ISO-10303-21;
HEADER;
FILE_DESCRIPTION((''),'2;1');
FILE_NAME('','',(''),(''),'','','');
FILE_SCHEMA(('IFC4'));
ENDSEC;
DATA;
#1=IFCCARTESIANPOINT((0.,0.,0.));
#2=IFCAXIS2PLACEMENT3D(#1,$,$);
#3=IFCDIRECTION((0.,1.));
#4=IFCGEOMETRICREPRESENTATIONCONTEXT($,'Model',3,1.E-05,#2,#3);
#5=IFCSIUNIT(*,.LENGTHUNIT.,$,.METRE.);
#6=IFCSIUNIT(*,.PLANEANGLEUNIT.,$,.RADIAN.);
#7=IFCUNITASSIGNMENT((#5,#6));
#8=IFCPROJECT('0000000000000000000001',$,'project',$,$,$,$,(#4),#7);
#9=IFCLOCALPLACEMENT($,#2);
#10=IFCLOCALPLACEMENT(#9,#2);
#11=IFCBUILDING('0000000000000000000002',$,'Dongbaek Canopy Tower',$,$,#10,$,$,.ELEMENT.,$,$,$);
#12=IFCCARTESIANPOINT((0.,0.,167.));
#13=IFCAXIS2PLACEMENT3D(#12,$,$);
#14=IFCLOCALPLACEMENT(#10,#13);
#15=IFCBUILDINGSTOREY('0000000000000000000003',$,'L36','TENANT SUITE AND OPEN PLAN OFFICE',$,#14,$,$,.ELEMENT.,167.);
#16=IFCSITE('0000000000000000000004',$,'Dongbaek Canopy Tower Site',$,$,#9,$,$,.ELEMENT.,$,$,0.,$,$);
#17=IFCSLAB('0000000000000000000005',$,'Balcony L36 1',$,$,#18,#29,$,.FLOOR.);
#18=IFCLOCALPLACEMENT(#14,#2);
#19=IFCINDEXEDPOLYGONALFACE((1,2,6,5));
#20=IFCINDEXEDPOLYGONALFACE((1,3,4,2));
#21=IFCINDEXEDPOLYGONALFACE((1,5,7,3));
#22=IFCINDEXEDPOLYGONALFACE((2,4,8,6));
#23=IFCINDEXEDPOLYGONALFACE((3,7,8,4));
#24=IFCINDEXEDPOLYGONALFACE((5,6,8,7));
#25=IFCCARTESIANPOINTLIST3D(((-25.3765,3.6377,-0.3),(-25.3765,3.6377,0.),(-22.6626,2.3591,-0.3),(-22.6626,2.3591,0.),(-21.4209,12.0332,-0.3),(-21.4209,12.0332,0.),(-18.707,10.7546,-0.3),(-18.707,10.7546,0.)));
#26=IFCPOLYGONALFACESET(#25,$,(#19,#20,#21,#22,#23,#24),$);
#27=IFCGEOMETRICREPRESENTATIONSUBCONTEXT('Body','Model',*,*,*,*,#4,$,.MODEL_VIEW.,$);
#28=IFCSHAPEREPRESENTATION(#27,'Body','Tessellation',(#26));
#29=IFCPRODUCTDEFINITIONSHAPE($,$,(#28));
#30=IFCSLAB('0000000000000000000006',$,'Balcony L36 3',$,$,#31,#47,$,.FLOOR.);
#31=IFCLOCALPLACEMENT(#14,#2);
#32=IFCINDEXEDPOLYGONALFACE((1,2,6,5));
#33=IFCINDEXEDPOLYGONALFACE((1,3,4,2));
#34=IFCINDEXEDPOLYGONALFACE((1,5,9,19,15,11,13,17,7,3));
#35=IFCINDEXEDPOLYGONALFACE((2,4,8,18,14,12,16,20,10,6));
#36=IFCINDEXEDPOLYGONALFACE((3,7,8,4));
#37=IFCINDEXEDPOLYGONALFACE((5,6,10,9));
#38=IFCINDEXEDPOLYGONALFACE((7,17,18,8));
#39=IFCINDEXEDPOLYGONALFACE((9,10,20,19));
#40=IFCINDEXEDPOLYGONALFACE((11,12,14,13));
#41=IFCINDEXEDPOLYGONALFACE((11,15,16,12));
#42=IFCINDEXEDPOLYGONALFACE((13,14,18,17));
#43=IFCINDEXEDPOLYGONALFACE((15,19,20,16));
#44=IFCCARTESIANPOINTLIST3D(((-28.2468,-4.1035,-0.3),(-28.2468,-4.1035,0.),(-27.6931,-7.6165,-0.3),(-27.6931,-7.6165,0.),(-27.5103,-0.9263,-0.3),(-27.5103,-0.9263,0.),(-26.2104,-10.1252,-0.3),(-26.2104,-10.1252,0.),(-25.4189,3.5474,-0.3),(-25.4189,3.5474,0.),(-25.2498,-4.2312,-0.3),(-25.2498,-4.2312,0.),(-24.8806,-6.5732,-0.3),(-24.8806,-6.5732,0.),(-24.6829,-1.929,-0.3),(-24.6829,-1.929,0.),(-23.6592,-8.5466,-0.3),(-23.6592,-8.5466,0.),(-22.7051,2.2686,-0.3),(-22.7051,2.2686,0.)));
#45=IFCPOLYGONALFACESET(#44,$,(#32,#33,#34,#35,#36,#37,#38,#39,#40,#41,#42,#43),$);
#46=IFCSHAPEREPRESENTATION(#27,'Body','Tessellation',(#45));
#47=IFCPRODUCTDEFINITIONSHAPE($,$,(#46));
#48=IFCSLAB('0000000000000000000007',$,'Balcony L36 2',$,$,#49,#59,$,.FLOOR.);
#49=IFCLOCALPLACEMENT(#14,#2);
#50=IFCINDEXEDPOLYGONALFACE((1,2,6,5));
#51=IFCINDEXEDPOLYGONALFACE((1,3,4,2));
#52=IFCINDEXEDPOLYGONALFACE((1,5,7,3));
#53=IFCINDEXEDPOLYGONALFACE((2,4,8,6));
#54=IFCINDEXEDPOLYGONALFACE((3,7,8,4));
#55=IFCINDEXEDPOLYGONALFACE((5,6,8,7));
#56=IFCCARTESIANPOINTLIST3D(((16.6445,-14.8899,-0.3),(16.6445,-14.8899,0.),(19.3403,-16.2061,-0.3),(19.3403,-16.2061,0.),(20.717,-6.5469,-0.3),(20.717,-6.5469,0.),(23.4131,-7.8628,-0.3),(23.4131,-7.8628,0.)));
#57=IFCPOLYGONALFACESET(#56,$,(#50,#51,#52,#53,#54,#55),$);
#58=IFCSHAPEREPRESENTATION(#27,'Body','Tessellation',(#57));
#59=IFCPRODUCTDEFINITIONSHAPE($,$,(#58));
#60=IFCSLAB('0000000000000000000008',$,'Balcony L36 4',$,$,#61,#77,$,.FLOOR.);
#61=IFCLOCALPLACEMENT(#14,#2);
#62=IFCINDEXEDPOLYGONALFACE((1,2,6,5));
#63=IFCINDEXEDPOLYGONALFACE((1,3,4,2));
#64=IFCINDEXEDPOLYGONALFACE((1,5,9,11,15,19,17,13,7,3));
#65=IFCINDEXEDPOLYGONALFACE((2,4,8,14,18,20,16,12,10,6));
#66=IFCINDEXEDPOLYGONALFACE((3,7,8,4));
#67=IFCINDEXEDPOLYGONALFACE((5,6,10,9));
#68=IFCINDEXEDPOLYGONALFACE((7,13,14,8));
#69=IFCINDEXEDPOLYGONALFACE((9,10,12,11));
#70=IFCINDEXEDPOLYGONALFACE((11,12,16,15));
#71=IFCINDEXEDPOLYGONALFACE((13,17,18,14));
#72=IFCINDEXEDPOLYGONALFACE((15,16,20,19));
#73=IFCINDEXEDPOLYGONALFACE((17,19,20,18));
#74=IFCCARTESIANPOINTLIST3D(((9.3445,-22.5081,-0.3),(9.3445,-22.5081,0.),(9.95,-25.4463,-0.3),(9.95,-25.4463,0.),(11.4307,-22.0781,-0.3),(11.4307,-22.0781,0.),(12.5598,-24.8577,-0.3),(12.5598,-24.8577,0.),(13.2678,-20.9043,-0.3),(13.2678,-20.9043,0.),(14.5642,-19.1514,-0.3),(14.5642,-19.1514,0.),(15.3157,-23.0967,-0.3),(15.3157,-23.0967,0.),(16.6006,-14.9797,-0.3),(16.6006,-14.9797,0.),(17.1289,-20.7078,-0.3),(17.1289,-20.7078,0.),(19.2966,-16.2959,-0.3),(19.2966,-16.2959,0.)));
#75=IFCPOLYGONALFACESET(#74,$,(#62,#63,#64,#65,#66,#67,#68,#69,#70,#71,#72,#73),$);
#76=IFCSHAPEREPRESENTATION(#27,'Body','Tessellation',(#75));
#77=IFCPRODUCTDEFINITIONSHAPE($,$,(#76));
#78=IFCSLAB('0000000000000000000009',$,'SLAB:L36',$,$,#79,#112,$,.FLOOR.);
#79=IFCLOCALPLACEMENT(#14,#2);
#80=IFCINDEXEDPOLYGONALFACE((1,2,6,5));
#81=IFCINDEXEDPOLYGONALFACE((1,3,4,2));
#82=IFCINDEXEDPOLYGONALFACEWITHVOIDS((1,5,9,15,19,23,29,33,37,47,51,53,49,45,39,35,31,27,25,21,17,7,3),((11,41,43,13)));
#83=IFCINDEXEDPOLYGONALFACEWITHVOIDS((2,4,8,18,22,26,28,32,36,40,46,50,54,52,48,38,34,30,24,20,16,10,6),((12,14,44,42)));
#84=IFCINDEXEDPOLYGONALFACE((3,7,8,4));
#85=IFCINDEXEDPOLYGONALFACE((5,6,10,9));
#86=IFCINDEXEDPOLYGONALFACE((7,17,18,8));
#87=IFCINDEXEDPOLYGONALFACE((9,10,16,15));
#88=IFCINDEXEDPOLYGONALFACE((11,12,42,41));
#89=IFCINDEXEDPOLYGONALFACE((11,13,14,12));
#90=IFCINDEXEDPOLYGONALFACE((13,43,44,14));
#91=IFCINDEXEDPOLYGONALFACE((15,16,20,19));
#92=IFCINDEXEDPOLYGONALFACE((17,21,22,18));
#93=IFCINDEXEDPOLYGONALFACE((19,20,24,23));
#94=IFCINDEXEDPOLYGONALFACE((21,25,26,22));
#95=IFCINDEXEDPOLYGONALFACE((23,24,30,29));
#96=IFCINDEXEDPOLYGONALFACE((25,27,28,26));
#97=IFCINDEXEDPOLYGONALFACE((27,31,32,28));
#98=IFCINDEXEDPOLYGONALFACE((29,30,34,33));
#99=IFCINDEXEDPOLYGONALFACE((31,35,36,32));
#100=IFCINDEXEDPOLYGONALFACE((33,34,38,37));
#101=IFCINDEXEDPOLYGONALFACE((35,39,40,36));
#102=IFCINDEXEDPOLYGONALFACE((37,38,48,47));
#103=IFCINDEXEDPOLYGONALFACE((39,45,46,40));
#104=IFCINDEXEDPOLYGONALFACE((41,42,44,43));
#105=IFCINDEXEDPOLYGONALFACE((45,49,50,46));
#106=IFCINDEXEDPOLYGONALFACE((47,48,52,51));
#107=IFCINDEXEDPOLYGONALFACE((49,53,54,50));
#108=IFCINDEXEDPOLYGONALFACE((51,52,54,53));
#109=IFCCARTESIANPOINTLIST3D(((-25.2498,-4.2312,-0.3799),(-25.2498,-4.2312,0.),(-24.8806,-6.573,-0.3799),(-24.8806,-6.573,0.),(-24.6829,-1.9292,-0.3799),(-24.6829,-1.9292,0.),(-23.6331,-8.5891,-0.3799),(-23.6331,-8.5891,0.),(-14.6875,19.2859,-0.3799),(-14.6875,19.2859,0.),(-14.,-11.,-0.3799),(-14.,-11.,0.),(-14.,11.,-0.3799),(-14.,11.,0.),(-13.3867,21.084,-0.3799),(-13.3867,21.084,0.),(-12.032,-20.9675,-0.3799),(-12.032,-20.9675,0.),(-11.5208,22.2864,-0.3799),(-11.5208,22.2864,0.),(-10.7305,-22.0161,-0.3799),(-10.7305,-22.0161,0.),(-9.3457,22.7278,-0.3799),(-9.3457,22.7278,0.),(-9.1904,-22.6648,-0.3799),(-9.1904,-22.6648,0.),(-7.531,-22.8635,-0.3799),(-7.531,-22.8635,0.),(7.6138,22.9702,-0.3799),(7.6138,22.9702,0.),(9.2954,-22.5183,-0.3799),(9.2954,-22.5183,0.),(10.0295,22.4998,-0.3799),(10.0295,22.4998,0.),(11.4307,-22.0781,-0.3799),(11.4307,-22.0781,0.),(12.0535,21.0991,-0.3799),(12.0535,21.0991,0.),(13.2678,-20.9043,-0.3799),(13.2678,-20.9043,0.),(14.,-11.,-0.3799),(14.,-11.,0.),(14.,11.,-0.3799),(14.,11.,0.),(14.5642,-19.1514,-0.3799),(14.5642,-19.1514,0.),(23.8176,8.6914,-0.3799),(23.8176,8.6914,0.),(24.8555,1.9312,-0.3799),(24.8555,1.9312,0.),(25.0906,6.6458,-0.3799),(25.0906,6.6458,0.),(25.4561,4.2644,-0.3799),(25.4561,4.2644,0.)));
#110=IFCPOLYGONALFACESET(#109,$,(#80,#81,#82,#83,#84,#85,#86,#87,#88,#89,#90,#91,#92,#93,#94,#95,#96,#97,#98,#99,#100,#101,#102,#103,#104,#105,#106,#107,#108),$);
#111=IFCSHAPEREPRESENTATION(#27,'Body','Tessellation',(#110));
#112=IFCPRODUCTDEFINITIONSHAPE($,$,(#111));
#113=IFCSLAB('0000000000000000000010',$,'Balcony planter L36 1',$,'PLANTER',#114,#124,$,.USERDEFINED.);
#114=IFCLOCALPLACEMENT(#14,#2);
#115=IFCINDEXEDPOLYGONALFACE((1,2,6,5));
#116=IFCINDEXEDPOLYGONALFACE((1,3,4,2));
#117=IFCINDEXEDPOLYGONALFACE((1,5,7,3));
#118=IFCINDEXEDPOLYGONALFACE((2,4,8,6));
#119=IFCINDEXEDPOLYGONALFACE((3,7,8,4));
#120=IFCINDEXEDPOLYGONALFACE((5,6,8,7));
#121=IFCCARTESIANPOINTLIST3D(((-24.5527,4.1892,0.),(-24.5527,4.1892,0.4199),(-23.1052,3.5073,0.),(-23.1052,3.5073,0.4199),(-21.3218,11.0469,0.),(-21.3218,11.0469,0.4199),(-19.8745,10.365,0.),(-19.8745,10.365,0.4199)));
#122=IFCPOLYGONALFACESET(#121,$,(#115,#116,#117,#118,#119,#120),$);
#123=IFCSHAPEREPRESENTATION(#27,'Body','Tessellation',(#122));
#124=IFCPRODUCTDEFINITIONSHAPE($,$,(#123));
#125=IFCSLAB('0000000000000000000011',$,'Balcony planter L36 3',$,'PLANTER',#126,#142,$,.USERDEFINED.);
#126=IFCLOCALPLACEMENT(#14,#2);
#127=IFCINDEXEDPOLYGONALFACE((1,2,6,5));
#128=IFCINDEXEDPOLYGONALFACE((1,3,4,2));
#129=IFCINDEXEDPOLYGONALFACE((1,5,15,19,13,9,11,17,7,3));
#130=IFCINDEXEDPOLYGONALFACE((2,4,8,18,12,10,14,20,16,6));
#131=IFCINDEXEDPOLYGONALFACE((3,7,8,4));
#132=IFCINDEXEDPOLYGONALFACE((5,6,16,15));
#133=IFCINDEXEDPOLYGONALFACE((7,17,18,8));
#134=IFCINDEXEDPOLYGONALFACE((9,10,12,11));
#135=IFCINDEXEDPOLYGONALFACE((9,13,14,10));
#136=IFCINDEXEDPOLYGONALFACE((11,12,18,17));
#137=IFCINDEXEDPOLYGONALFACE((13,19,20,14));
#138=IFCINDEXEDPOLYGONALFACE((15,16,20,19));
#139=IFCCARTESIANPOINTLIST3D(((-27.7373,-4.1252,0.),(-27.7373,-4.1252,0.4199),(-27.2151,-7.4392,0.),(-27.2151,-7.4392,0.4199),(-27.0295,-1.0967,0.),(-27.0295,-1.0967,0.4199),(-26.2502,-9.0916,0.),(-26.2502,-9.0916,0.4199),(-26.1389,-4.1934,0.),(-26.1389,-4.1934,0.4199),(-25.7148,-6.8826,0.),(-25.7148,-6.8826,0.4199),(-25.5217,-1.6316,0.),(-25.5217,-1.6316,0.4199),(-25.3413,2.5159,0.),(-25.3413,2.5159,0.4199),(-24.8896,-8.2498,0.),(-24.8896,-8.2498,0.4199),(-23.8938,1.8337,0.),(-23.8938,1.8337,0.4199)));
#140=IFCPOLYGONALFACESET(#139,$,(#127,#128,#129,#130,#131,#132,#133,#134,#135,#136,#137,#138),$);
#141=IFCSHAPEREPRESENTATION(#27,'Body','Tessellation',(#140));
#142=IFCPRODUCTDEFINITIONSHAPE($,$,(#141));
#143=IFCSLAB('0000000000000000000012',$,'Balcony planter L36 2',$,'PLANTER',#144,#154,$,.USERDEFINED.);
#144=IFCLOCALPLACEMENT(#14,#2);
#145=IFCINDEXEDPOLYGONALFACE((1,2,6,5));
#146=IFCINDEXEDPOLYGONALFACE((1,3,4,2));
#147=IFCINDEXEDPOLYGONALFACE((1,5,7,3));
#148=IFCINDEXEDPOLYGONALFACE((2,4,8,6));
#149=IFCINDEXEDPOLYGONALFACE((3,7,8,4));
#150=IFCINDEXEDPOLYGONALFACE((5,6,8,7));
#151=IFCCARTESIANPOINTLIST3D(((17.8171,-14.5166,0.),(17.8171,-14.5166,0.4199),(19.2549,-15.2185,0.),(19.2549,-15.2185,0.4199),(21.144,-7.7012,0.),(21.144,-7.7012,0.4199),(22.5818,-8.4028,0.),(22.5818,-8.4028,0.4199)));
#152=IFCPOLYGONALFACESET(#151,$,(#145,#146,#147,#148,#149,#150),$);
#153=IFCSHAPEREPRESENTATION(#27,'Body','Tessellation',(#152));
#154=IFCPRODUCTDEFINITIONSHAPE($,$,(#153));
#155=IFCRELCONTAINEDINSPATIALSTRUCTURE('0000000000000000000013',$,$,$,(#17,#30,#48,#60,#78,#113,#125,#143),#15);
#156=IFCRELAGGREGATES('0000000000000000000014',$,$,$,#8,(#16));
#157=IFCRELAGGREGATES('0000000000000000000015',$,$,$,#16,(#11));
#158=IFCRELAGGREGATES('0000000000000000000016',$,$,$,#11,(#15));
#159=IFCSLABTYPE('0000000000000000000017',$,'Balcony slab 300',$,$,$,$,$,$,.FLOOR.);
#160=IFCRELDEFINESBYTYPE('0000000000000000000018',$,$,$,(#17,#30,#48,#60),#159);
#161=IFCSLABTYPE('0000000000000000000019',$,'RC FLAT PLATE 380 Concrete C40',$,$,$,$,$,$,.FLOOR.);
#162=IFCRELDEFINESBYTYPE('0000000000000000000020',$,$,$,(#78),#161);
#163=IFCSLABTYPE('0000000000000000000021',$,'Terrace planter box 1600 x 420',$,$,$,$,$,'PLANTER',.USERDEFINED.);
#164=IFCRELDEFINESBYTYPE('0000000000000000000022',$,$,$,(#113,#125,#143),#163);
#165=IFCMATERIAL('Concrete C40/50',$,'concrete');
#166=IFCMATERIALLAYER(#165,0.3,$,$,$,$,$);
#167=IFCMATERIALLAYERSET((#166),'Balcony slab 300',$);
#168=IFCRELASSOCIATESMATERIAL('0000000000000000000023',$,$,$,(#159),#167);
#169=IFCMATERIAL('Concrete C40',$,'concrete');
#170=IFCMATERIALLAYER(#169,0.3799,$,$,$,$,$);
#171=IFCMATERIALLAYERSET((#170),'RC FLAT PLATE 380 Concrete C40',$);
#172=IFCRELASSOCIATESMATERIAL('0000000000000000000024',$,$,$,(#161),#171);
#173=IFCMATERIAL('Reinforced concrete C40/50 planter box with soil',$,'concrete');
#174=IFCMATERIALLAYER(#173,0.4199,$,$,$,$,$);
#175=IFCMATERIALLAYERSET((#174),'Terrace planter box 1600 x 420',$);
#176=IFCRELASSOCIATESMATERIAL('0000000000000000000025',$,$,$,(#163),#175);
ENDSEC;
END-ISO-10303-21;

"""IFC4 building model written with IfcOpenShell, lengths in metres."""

from ifc_helpers import new_model, si_unit, direction, frame, origin, place, context, subcontext, project, spatial, polyline, outline, extrude, material, layer, layer_set, type_object, element, save


model = new_model("IFC4")

# Units and contexts
model_context = context("Model", 3, precision=1e-05, world=origin(), true_north=direction((0.0, 1.0)))
body_context = subcontext(model_context, "Body", "Model", "MODEL_VIEW")
ifc_project = project(units=[si_unit("LENGTHUNIT", "METRE"), si_unit("PLANEANGLEUNIT", "RADIAN")], contexts=[model_context])

# Site, building, storey
site_placement = place(None, origin())
site = spatial("IfcSite", under=ifc_project, at=site_placement, Name="Dongbaek Canopy Tower Site", CompositionType="ELEMENT", RefElevation=0.0)
building_placement = place(site_placement, origin())
building = spatial("IfcBuilding", under=site, at=building_placement, Name="Dongbaek Canopy Tower", CompositionType="ELEMENT")
storey_placement = place(building_placement, frame((0.0, 0.0, 167.0)))
storey = spatial("IfcBuildingStorey", under=building, at=storey_placement, Name="L36", Description="TENANT SUITE AND OPEN PLAN OFFICE", CompositionType="ELEMENT", Elevation=167.0)

# Slabs
ifc_material_1 = material(Name="Concrete C40/50", Category="concrete")
ifc_layer_1 = layer(ifc_material_1, 0.3)
ifc_layer_set_1 = layer_set([ifc_layer_1], Name="Balcony slab 300")
slab_type_1 = type_object("IfcSlabType", Name="Balcony slab 300", PredefinedType="FLOOR", material=ifc_layer_set_1)
slab_1_placement = place(storey_placement, frame((0.0, 0.0, -0.3)))
element("IfcSlab", 1, at=slab_1_placement, inside=storey, type_object=slab_type_1, Name="Balcony L36 1", PredefinedType="FLOOR", context=body_context, shape_type="SweptSolid", body=[
    extrude(outline(polyline([(-18.707, 10.7546), (-22.6626, 2.3591), (-25.3765, 3.6377), (-21.4209, 12.0332), (-18.707, 10.7546)])), origin(), (0.0, 0.0, 1.0), 0.3),
])
slab_2_placement = place(storey_placement, frame((0.0, 0.0, -0.3)))
element("IfcSlab", 2, at=slab_2_placement, inside=storey, type_object=slab_type_1, Name="Balcony L36 3", PredefinedType="FLOOR", context=body_context, shape_type="SweptSolid", body=[
    extrude(outline(polyline([(-22.7051, 2.2686), (-24.6829, -1.929), (-25.2498, -4.2312), (-24.8806, -6.5732), (-23.6592, -8.5466), (-26.2104, -10.1252), (-27.6931, -7.6165), (-28.2468, -4.1035), (-27.5103, -0.9263), (-25.4189, 3.5474), (-22.7051, 2.2686)])), origin(), (0.0, 0.0, 1.0), 0.3),
])
slab_3_placement = place(storey_placement, frame((0.0, 0.0, -0.3)))
element("IfcSlab", 3, at=slab_3_placement, inside=storey, type_object=slab_type_1, Name="Balcony L36 2", PredefinedType="FLOOR", context=body_context, shape_type="SweptSolid", body=[
    extrude(outline(polyline([(16.6445, -14.8899), (20.717, -6.5469), (23.4131, -7.8628), (19.3403, -16.2061), (16.6445, -14.8899)])), origin(), (0.0, 0.0, 1.0), 0.3),
])
slab_4_placement = place(storey_placement, frame((0.0, 0.0, -0.3)))
element("IfcSlab", 4, at=slab_4_placement, inside=storey, type_object=slab_type_1, Name="Balcony L36 4", PredefinedType="FLOOR", context=body_context, shape_type="SweptSolid", body=[
    extrude(outline(polyline([(9.3445, -22.5081), (11.4307, -22.0781), (13.2678, -20.9043), (14.5642, -19.1514), (16.6006, -14.9797), (19.2966, -16.2959), (17.1289, -20.7078), (15.3157, -23.0967), (12.5598, -24.8577), (9.95, -25.4463), (9.3445, -22.5081)])), origin(), (0.0, 0.0, 1.0), 0.3),
])
ifc_material_2 = material(Name="Concrete C40", Category="concrete")
ifc_layer_2 = layer(ifc_material_2, 0.3799)
ifc_layer_set_2 = layer_set([ifc_layer_2], Name="RC FLAT PLATE 380 Concrete C40")
slab_type_2 = type_object("IfcSlabType", Name="RC FLAT PLATE 380 Concrete C40", PredefinedType="FLOOR", material=ifc_layer_set_2)
slab_5_placement = place(storey_placement, frame((0.0, 0.0, -0.3799)))
element("IfcSlab", 5, at=slab_5_placement, inside=storey, type_object=slab_type_2, Name="SLAB:L36", PredefinedType="FLOOR", context=body_context, shape_type="SweptSolid", body=[
    extrude(outline(polyline([(14.5642, -19.1514), (13.2678, -20.9043), (11.4307, -22.0781), (9.2954, -22.5183), (-7.531, -22.8635), (-9.1904, -22.6648), (-10.7305, -22.0161), (-12.032, -20.9675), (-23.6331, -8.5891), (-24.8806, -6.573), (-25.2498, -4.2312), (-24.6829, -1.9292), (-14.6875, 19.2859), (-13.3867, 21.084), (-11.5208, 22.2864), (-9.3457, 22.7278), (7.6138, 22.9702), (10.0295, 22.4998), (12.0535, 21.0991), (23.8176, 8.6914), (25.0906, 6.6458), (25.4561, 4.2644), (24.8555, 1.9312), (14.5642, -19.1514)]), holes=[polyline([(14.0, 11.0), (-14.0, 11.0), (-14.0, -11.0), (14.0, -11.0), (14.0, 11.0)])]), origin(), (0.0, 0.0, 1.0), 0.3799),
])
ifc_material_3 = material(Name="Reinforced concrete C40/50 planter box with soil", Category="concrete")
ifc_layer_3 = layer(ifc_material_3, 0.4199)
ifc_layer_set_3 = layer_set([ifc_layer_3], Name="Terrace planter box 1600 x 420")
slab_type_3 = type_object("IfcSlabType", Name="Terrace planter box 1600 x 420", ElementType="PLANTER", PredefinedType="USERDEFINED", material=ifc_layer_set_3)
slab_6_placement = place(storey_placement, origin())
element("IfcSlab", 6, at=slab_6_placement, inside=storey, type_object=slab_type_3, Name="Balcony planter L36 1", ObjectType="PLANTER", PredefinedType="USERDEFINED", context=body_context, shape_type="SweptSolid", body=[
    extrude(outline(polyline([(-19.8745, 10.365), (-23.1052, 3.5073), (-24.5527, 4.1892), (-21.3218, 11.0469), (-19.8745, 10.365)])), origin(), (0.0, 0.0, 1.0), 0.4199),
])
slab_7_placement = place(storey_placement, origin())
element("IfcSlab", 7, at=slab_7_placement, inside=storey, type_object=slab_type_3, Name="Balcony planter L36 3", ObjectType="PLANTER", PredefinedType="USERDEFINED", context=body_context, shape_type="SweptSolid", body=[
    extrude(outline(polyline([(-23.8938, 1.8337), (-25.5217, -1.6316), (-26.1389, -4.1934), (-25.7148, -6.8826), (-24.8896, -8.2498), (-26.2502, -9.0916), (-27.2151, -7.4392), (-27.7373, -4.1252), (-27.0295, -1.0967), (-25.3413, 2.5159), (-23.8938, 1.8337)])), origin(), (0.0, 0.0, 1.0), 0.4199),
])
slab_8_placement = place(storey_placement, origin())
element("IfcSlab", 8, at=slab_8_placement, inside=storey, type_object=slab_type_3, Name="Balcony planter L36 2", ObjectType="PLANTER", PredefinedType="USERDEFINED", context=body_context, shape_type="SweptSolid", body=[
    extrude(outline(polyline([(17.8171, -14.5166), (21.144, -7.7012), (22.5818, -8.4028), (19.2549, -15.2185), (17.8171, -14.5166)])), origin(), (0.0, 0.0, 1.0), 0.4199),
])

save(model, "model.ifc")
